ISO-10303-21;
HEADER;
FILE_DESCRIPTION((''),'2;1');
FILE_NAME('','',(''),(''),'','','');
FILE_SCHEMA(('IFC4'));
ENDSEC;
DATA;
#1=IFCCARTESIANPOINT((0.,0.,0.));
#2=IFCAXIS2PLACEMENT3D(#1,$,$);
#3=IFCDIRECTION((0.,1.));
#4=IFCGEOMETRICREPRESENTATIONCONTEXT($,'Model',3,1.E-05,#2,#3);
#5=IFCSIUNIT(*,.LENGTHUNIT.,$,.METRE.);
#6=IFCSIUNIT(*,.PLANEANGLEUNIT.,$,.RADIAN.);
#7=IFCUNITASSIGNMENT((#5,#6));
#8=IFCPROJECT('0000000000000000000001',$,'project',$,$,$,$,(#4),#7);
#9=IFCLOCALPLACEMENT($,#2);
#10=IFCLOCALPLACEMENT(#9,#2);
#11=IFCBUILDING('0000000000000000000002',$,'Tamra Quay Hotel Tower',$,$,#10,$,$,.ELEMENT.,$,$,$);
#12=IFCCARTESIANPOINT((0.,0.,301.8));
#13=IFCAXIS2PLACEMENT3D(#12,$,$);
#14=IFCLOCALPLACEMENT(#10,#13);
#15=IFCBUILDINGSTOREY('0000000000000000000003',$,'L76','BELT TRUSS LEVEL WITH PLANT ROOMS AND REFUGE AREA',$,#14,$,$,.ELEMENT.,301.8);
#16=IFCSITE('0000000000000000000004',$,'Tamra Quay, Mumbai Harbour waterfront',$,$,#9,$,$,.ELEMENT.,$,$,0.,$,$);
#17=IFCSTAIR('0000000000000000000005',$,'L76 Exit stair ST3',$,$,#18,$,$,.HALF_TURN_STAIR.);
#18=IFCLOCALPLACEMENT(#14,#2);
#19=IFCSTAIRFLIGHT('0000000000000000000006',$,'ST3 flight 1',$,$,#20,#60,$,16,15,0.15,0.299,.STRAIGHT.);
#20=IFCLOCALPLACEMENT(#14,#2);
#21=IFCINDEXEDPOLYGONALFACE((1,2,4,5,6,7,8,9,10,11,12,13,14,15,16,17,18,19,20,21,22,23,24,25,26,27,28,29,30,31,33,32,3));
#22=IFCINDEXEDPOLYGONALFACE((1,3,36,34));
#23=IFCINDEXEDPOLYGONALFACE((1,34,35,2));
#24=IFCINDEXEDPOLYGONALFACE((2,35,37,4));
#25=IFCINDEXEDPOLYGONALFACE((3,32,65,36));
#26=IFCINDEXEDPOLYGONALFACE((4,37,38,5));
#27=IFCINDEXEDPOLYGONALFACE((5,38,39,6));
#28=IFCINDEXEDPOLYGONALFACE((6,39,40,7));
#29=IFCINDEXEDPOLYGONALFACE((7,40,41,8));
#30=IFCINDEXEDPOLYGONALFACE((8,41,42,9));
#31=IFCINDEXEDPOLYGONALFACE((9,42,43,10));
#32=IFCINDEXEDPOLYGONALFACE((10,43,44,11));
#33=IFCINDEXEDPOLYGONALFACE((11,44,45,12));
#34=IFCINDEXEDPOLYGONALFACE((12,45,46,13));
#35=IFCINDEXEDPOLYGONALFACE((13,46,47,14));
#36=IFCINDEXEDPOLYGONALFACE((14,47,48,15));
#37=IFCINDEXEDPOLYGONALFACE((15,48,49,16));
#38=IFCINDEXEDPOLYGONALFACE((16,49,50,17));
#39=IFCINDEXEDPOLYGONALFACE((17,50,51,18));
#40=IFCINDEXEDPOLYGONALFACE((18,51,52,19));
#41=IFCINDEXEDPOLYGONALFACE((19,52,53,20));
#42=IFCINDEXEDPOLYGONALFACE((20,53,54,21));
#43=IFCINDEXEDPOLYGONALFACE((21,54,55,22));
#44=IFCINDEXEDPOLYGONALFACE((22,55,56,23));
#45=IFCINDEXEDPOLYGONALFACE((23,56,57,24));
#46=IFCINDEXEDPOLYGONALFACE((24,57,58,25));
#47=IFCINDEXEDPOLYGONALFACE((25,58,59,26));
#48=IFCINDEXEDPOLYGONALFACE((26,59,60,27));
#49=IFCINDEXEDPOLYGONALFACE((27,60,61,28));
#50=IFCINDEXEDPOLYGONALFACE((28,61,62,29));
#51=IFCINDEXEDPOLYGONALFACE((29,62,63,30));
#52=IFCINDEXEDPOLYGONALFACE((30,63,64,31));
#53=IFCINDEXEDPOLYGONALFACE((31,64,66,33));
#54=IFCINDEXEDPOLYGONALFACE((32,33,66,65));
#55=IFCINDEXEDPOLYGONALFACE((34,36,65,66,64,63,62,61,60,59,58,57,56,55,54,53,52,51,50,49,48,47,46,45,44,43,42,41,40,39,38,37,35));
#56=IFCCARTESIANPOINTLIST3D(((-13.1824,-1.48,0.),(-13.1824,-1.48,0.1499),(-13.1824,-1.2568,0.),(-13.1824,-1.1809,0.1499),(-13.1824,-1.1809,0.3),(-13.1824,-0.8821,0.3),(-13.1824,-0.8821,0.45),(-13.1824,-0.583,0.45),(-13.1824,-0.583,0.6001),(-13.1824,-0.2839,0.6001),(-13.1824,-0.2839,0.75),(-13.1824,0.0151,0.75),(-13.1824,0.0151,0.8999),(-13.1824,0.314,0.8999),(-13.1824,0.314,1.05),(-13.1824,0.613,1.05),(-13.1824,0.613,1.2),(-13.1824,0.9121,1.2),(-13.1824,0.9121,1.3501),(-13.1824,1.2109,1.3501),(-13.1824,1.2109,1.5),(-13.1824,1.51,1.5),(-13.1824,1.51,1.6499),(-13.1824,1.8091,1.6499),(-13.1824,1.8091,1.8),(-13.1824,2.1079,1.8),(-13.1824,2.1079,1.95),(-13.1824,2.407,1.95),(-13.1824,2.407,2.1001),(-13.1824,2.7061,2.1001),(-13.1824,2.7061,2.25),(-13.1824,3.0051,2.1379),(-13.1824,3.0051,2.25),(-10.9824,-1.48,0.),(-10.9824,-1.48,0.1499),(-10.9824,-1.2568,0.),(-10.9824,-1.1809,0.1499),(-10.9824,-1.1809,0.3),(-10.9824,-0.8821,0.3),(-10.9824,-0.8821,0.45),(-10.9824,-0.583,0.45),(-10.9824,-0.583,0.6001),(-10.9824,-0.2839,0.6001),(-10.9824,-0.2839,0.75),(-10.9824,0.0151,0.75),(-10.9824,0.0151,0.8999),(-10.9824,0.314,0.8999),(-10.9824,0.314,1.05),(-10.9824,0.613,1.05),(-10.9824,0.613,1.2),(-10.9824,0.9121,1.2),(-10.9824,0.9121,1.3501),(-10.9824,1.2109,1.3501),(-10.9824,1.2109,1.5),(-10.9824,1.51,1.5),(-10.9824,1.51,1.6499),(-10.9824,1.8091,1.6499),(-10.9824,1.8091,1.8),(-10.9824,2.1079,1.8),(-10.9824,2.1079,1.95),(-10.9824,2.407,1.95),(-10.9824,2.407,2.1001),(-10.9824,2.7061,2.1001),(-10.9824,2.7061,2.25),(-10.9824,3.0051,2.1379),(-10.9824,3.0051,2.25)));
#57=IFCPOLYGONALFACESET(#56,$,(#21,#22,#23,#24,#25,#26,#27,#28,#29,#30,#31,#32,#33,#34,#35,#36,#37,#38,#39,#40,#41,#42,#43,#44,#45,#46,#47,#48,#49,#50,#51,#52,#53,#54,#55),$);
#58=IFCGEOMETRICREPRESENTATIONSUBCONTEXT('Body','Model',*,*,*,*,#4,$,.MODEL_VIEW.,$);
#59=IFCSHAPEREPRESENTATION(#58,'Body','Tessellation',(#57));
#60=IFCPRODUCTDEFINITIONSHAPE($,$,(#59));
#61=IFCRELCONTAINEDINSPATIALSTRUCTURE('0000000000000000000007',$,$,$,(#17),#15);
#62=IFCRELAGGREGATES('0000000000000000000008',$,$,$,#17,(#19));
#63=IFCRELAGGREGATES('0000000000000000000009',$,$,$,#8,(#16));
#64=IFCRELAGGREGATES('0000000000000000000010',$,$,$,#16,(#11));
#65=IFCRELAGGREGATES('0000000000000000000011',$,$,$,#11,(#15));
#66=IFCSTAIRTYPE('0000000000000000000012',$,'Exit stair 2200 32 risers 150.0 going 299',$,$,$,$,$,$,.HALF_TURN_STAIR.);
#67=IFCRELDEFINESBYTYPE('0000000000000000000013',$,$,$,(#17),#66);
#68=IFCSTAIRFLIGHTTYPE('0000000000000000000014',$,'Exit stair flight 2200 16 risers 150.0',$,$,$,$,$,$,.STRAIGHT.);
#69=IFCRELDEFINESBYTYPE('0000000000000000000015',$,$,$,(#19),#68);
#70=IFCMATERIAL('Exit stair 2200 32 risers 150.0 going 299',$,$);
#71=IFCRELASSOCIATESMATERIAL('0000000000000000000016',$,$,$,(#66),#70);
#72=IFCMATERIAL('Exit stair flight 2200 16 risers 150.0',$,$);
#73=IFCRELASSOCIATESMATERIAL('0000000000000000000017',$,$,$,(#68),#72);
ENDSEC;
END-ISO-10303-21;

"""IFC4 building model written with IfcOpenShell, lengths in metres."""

from ifc_helpers import new_model, si_unit, direction, frame, origin, place, context, subcontext, project, spatial, polyline, outline, extrude, material, type_object, element, aggregate, save


model = new_model("IFC4")

# Units and contexts
model_context = context("Model", 3, precision=1e-05, world=origin(), true_north=direction((0.0, 1.0)))
body_context = subcontext(model_context, "Body", "Model", "MODEL_VIEW")
ifc_project = project(units=[si_unit("LENGTHUNIT", "METRE"), si_unit("PLANEANGLEUNIT", "RADIAN")], contexts=[model_context])

# Site, building, storey
site_placement = place(None, origin())
site = spatial("IfcSite", under=ifc_project, at=site_placement, Name="Tamra Quay, Mumbai Harbour waterfront", CompositionType="ELEMENT", RefElevation=0.0)
building_placement = place(site_placement, origin())
building = spatial("IfcBuilding", under=site, at=building_placement, Name="Tamra Quay Hotel Tower", CompositionType="ELEMENT")
storey_placement = place(building_placement, frame((0.0, 0.0, 301.8)))
storey = spatial("IfcBuildingStorey", under=building, at=storey_placement, Name="L76", Description="BELT TRUSS LEVEL WITH PLANT ROOMS AND REFUGE AREA", CompositionType="ELEMENT", Elevation=301.8)

# Stair, stair flight
ifc_material_1 = material(Name="Exit stair 2200 32 risers 150.0 going 299")
stair_type = type_object("IfcStairType", Name="Exit stair 2200 32 risers 150.0 going 299", PredefinedType="HALF_TURN_STAIR", material=ifc_material_1)
stair_placement = place(storey_placement, origin())
stair = element("IfcStair", 1, at=stair_placement, inside=storey, type_object=stair_type, Name="L76 Exit stair ST3", PredefinedType="HALF_TURN_STAIR")
ifc_material_2 = material(Name="Exit stair flight 2200 16 risers 150.0")
stair_flight_type = type_object("IfcStairFlightType", Name="Exit stair flight 2200 16 risers 150.0", PredefinedType="STRAIGHT", material=ifc_material_2)
stair_flight_placement = place(storey_placement, frame((-12.0823, -1.48, 0.0), z_axis=(0.0, 0.0, 1.0), x_axis=(0.0, 1.0, 0.0)))
stair_flight = element("IfcStairFlight", 2, at=stair_flight_placement, type_object=stair_flight_type, Name="ST3 flight 1", NumberOfRisers=16, NumberOfTreads=15, PredefinedType="STRAIGHT", RiserHeight=0.15, TreadLength=0.299, context=body_context, shape_type="SweptSolid", body=[
    extrude(outline(polyline([(0.0, 0.0), (0.0, 0.1499), (0.2991, 0.1499), (0.2991, 0.3), (0.5979, 0.3), (0.5979, 0.45), (0.897, 0.45), (0.897, 0.6001), (1.196, 0.6001), (1.196, 0.75), (1.4951, 0.75), (1.4951, 0.8999), (1.7939, 0.8999), (1.7939, 1.05), (2.093, 1.05), (2.093, 1.2), (2.3921, 1.2), (2.3921, 1.3501), (2.6909, 1.3501), (2.6909, 1.5), (2.99, 1.5), (2.99, 1.6499), (3.2891, 1.6499), (3.2891, 1.8), (3.5879, 1.8), (3.5879, 1.95), (3.887, 1.95), (3.887, 2.1001), (4.186, 2.1001), (4.186, 2.25), (4.4851, 2.25), (4.4851, 2.3999), (4.4851, 2.1379), (0.2231, 0.0), (0.0, 0.0)])), frame((0.0, 1.1001, 0.0), z_axis=(0.0, -1.0, 0.0), x_axis=(1.0, 0.0, 0.0)), (0.0, 0.0, 1.0), 2.2),
])
aggregate(stair, [stair_flight])

save(model, "model.ifc")
